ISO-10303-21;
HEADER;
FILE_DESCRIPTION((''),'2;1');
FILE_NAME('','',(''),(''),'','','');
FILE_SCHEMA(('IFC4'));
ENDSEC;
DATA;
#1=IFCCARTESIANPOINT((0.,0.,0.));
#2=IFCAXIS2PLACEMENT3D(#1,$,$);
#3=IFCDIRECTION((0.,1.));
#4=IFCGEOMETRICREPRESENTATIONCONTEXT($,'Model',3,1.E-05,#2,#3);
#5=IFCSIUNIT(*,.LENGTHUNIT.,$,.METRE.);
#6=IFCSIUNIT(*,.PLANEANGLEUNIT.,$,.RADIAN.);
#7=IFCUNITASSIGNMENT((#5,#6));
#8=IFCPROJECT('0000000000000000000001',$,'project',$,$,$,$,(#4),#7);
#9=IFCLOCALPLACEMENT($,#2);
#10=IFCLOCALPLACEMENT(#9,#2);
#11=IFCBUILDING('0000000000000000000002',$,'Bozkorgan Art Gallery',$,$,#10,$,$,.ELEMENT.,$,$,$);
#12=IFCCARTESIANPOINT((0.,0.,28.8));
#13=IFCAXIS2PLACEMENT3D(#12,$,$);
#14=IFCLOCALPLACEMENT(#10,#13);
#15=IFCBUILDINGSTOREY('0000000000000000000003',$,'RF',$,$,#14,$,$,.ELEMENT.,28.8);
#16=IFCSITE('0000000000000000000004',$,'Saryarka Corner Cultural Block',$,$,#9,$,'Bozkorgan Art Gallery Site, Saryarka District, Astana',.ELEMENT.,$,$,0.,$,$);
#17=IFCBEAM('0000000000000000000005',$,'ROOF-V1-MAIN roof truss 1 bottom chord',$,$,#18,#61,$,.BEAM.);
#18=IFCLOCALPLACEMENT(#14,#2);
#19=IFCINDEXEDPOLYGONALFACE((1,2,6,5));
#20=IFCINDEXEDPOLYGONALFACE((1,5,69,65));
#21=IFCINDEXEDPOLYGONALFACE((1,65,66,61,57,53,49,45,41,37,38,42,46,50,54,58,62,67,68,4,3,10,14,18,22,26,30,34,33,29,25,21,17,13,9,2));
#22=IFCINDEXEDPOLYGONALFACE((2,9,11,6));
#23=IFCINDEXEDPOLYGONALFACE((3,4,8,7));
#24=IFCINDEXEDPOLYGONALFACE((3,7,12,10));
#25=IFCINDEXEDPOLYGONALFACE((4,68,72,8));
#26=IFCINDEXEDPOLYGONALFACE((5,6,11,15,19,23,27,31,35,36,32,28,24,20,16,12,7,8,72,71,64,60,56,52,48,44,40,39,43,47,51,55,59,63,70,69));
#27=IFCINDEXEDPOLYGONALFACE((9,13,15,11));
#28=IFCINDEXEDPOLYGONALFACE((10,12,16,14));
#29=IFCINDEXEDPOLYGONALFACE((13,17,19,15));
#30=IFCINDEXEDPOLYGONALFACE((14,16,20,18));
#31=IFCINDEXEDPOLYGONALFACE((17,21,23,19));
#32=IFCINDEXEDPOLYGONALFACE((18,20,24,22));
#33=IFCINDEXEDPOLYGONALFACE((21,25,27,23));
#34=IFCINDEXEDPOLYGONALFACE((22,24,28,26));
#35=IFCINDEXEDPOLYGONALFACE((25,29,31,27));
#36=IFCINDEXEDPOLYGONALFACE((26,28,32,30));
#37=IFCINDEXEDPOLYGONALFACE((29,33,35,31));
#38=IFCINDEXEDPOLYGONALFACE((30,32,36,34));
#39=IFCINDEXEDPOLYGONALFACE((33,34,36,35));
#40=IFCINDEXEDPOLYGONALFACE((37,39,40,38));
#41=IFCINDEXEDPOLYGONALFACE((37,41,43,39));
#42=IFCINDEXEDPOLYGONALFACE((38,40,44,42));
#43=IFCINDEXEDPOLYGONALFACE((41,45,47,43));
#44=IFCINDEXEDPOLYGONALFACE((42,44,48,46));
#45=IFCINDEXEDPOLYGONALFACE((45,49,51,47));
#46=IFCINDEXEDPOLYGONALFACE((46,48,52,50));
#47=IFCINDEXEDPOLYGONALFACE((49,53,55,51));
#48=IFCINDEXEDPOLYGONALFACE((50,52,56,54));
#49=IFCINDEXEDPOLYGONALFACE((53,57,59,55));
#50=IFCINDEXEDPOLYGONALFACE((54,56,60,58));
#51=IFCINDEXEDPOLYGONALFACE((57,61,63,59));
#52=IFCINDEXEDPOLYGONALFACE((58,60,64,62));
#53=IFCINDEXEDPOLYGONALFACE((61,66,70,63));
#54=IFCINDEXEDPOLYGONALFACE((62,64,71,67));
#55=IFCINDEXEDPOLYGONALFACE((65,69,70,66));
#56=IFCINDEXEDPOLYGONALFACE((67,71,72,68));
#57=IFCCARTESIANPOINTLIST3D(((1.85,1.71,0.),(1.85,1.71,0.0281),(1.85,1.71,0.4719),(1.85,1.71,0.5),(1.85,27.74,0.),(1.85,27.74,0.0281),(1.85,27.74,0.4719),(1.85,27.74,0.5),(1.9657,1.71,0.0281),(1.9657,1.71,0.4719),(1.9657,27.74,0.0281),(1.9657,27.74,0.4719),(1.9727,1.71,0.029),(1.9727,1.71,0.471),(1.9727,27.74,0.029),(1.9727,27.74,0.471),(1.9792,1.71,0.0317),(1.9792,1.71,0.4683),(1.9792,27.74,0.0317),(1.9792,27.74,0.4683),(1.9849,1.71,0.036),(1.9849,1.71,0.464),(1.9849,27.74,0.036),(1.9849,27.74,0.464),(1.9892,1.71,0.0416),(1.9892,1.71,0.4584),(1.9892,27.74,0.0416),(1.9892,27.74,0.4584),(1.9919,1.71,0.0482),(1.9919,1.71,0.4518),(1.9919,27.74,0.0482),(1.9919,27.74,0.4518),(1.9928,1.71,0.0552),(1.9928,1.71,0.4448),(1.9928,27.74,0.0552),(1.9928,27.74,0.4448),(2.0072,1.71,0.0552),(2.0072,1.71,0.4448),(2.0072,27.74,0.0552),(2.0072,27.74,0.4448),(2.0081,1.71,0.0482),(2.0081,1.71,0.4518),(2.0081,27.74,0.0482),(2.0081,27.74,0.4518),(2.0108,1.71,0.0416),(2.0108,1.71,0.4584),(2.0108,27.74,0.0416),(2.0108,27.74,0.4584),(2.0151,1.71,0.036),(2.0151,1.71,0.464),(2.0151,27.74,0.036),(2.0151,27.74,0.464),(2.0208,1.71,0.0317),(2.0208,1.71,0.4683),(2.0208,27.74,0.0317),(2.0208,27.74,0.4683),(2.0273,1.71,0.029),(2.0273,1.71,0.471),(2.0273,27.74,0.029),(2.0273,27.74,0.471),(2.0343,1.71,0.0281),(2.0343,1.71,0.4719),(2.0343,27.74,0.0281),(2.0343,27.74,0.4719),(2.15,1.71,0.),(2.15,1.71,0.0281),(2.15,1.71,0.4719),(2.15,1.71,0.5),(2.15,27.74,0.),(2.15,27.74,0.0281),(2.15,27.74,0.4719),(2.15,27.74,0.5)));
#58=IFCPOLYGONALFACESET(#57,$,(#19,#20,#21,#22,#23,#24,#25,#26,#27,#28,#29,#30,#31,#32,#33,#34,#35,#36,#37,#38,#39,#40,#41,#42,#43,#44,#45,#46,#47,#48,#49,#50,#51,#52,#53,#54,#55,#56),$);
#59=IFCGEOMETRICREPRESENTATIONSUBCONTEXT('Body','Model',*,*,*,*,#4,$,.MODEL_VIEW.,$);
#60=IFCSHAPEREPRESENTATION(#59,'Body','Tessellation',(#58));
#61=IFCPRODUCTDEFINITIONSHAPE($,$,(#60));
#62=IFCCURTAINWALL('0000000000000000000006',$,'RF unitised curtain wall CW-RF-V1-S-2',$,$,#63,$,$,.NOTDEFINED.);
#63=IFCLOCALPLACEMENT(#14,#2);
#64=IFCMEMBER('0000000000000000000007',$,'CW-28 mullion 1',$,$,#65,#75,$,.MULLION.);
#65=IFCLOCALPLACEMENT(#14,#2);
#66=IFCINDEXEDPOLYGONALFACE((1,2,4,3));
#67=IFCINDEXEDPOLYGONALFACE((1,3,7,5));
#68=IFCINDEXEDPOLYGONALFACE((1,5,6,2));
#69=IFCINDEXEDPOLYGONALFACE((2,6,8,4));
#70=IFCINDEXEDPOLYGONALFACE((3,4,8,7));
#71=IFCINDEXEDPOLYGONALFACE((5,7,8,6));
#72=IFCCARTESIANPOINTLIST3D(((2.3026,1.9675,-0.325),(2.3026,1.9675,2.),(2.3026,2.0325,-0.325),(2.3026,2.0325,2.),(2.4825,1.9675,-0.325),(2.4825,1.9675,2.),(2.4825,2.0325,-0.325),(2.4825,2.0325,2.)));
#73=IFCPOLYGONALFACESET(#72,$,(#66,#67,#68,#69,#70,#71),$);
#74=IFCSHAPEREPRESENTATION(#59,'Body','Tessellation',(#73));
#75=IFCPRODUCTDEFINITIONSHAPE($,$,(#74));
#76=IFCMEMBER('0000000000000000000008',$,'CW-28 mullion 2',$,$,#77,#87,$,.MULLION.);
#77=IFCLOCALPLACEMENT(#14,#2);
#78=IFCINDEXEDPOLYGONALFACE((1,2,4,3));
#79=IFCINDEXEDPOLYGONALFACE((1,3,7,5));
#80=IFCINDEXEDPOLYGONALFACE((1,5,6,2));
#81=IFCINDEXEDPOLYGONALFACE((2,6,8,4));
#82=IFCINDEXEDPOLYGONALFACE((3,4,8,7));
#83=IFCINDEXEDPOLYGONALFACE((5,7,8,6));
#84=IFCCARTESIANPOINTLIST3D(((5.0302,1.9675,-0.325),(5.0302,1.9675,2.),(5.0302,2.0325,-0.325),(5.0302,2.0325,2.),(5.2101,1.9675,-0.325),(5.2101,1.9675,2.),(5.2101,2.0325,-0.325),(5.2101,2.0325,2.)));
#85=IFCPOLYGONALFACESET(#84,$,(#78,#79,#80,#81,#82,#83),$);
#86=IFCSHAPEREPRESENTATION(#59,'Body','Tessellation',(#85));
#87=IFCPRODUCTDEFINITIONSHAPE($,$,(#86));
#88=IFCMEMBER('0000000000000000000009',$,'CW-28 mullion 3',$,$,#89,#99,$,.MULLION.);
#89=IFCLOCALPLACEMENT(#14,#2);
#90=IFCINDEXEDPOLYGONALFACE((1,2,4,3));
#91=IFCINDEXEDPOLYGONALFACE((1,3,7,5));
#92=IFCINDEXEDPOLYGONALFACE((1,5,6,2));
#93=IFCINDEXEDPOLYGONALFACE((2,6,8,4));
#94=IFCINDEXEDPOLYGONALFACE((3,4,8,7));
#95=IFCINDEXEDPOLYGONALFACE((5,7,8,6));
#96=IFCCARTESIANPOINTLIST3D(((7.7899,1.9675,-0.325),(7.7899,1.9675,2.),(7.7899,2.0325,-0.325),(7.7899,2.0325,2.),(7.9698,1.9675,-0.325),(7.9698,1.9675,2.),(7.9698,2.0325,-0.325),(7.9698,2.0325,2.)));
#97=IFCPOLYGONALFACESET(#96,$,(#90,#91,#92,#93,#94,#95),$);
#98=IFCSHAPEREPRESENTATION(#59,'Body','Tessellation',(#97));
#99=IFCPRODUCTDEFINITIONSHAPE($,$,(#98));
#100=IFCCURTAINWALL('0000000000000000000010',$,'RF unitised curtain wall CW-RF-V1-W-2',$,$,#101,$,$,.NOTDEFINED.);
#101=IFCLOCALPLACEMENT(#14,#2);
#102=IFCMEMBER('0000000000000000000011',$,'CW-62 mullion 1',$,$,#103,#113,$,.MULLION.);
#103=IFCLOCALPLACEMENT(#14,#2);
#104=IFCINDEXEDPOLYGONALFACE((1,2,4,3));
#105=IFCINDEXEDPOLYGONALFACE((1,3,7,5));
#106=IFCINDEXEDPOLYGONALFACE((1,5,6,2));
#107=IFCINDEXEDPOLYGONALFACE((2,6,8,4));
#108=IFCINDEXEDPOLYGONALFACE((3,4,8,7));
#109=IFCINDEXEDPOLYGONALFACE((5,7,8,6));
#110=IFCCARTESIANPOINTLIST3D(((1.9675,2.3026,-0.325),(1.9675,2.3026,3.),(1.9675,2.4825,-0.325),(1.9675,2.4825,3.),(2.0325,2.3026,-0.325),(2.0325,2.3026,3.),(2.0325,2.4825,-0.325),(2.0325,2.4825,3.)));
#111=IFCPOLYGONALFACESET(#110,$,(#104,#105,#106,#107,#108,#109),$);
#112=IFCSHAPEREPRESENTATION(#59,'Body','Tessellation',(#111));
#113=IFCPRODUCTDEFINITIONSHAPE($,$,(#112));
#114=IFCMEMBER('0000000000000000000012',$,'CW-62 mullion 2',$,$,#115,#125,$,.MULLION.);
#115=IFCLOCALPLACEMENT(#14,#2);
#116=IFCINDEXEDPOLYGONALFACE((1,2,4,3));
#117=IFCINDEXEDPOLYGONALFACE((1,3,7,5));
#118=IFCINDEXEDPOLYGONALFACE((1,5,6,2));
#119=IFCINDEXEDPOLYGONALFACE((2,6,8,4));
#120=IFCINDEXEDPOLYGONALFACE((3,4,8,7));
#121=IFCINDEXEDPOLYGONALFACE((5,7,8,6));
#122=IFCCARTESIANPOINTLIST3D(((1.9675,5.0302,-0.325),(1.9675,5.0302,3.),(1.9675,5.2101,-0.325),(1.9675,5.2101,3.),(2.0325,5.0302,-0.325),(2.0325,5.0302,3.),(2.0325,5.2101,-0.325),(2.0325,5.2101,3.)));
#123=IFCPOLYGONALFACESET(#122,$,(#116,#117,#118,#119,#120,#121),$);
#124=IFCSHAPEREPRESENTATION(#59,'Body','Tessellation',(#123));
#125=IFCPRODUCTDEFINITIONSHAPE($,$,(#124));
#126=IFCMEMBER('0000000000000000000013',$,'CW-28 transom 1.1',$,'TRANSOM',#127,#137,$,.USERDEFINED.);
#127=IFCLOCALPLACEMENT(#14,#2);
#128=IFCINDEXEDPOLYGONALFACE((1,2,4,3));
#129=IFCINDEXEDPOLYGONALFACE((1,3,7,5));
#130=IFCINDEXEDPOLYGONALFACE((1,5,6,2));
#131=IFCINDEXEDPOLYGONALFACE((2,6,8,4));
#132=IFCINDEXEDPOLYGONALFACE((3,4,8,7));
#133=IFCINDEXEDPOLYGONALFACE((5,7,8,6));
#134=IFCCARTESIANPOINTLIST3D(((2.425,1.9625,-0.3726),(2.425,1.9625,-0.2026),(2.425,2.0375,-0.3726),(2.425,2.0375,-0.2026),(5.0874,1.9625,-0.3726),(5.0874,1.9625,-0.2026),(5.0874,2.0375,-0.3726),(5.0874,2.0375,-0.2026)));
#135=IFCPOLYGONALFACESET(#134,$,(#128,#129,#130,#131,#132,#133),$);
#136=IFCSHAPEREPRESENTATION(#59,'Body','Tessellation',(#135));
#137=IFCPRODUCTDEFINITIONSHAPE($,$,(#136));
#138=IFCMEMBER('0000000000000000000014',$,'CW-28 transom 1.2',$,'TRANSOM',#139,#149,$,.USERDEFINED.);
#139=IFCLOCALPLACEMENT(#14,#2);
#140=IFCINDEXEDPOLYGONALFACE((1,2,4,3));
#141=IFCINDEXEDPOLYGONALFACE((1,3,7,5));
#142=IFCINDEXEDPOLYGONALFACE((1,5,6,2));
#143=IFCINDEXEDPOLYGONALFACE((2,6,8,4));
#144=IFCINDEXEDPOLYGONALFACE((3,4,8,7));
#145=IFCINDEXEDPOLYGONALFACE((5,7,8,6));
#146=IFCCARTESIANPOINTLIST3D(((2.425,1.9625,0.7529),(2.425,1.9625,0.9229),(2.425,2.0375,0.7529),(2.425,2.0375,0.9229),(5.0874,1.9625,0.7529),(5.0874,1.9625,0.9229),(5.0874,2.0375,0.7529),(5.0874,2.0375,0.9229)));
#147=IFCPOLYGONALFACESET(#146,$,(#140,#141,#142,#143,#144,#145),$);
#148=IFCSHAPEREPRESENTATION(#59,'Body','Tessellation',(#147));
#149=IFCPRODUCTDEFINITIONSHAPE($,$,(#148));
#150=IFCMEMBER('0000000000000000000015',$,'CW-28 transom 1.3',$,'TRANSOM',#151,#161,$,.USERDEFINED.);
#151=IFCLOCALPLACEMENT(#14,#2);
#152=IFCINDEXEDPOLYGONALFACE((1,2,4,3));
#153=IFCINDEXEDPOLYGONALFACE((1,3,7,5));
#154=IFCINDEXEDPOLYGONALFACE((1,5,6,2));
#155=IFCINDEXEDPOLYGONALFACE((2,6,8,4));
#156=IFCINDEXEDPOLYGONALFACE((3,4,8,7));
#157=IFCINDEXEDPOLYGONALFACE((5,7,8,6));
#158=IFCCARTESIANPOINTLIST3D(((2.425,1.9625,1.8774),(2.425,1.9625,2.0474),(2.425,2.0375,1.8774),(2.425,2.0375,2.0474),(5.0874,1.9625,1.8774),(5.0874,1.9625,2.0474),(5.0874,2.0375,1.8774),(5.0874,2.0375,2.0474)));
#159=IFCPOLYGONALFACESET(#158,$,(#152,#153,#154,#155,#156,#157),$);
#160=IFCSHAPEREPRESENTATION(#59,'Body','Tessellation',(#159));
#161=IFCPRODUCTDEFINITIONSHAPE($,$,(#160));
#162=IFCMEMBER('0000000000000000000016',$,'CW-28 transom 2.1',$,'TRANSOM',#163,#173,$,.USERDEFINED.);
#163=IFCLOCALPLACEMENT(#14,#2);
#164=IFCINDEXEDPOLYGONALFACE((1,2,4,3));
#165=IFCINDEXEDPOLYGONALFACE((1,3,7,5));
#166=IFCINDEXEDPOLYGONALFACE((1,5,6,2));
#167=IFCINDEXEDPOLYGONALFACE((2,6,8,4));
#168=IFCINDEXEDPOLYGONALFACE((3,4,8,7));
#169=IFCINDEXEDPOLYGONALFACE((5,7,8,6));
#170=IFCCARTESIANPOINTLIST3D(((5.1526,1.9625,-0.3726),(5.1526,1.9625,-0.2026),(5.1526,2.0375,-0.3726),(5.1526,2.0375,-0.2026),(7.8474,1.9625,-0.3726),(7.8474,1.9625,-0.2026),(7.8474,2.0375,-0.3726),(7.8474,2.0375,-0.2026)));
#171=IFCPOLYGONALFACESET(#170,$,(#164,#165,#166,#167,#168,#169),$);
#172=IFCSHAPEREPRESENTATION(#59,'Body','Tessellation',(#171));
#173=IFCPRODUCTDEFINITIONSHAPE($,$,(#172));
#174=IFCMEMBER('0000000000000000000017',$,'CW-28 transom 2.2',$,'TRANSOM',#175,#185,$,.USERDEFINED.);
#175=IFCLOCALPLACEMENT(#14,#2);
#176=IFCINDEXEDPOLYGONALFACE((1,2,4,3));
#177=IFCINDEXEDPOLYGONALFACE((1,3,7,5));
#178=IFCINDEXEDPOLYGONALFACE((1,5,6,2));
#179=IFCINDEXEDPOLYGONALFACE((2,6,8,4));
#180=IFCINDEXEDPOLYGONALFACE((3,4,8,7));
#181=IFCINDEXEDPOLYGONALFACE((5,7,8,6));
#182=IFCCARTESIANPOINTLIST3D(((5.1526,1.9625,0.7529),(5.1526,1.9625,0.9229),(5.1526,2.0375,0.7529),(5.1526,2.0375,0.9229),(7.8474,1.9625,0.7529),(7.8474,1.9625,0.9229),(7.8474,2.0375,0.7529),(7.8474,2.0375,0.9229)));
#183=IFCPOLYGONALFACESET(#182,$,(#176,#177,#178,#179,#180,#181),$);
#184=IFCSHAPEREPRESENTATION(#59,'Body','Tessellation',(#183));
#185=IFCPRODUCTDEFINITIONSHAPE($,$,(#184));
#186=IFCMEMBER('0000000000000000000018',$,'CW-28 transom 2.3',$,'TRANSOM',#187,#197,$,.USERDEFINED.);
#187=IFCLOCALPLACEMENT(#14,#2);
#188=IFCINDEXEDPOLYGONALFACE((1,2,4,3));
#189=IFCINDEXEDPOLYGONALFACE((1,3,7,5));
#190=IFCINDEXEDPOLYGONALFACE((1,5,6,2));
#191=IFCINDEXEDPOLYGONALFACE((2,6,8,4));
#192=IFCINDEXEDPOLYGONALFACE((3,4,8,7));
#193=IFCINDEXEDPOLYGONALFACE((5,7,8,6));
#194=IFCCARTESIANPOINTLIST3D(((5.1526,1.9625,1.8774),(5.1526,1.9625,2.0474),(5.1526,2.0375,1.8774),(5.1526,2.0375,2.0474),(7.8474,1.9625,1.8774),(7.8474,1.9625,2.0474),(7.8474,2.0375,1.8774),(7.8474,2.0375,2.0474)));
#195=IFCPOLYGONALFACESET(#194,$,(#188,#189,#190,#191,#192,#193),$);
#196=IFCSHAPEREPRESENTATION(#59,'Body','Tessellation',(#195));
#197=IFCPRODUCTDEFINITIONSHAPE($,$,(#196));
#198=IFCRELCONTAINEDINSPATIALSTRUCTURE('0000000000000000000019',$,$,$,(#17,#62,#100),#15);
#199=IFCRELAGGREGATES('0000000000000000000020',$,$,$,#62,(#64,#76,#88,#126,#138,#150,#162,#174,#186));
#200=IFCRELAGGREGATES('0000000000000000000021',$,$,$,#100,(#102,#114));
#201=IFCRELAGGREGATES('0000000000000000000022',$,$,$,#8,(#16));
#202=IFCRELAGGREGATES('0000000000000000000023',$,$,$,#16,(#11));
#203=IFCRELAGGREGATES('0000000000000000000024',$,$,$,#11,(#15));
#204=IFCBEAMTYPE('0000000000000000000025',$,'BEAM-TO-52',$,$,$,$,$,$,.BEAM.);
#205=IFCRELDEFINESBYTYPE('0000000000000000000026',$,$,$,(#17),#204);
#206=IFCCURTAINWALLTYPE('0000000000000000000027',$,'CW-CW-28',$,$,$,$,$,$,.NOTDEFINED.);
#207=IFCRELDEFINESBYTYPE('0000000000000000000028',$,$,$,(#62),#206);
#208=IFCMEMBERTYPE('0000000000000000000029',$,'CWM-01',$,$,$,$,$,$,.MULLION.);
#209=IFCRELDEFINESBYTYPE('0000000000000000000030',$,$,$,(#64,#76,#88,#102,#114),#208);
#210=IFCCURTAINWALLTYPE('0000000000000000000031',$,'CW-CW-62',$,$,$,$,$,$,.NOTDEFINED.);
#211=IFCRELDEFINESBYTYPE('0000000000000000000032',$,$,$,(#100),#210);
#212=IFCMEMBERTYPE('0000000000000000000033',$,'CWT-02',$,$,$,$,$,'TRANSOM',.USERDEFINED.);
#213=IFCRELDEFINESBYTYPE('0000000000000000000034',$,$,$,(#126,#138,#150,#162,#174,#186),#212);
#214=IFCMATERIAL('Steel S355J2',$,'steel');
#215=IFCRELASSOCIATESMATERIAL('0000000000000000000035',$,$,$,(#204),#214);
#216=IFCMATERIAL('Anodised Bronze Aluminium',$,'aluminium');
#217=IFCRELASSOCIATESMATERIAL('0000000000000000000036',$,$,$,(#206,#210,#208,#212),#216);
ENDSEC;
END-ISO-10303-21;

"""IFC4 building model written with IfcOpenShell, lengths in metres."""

from ifc_helpers import new_model, si_unit, direction, frame, origin, origin_2d, place, context, subcontext, project, spatial, rectangle, i_section, extrude, material, material_profile, profile_set, type_object, element, aggregate, save


model = new_model("IFC4")

# Units and contexts
model_context = context("Model", 3, precision=1e-05, world=origin(), true_north=direction((0.0, 1.0)))
body_context = subcontext(model_context, "Body", "Model", "MODEL_VIEW")
ifc_project = project(units=[si_unit("LENGTHUNIT", "METRE"), si_unit("PLANEANGLEUNIT", "RADIAN")], contexts=[model_context])

# Site, building, storey
site_placement = place(None, origin())
site = spatial("IfcSite", under=ifc_project, at=site_placement, Name="Saryarka Corner Cultural Block", LongName="Bozkorgan Art Gallery Site, Saryarka District, Astana", CompositionType="ELEMENT", RefElevation=0.0)
building_placement = place(site_placement, origin())
building = spatial("IfcBuilding", under=site, at=building_placement, Name="Bozkorgan Art Gallery", CompositionType="ELEMENT")
storey_placement = place(building_placement, frame((0.0, 0.0, 28.8)))
storey = spatial("IfcBuildingStorey", under=building, at=storey_placement, Name="RF", CompositionType="ELEMENT", Elevation=28.8)

# Beam
ifc_material_1 = material(Name="Steel S355J2", Category="steel")
ifc_material_profile_1 = material_profile(ifc_material_1, i_section(OverallWidth=0.3, OverallDepth=0.5, WebThickness=0.0144, FlangeThickness=0.0281, FilletRadius=0.0271, at=origin_2d()), Name="HEB 500")
ifc_profile_set_1 = profile_set([ifc_material_profile_1], Name="Steel S355J2")
beam_type = type_object("IfcBeamType", Name="BEAM-TO-52", PredefinedType="BEAM", material=ifc_profile_set_1)
beam_placement = place(storey_placement, frame((2.0, 1.71, 0.25), z_axis=(0.0, 1.0, 0.0), x_axis=(-1.0, 0.0, 0.0)))
element("IfcBeam", 1, at=beam_placement, inside=storey, type_object=beam_type, Name="ROOF-V1-MAIN roof truss 1 bottom chord", PredefinedType="BEAM", context=body_context, shape_type="SweptSolid", body=[
    extrude(i_section(OverallWidth=0.3, OverallDepth=0.5, WebThickness=0.0144, FlangeThickness=0.0281, FilletRadius=0.0271, at=origin_2d()), origin(), (0.0, 0.0, 1.0), 26.03),
])

# Curtain walls, members
ifc_material_2 = material(Name="Anodised Bronze Aluminium", Category="aluminium")
curtain_wall_type_1 = type_object("IfcCurtainWallType", Name="CW-CW-28", PredefinedType="NOTDEFINED", material=ifc_material_2)
curtain_wall_1_placement = place(storey_placement, origin())
curtain_wall_1 = element("IfcCurtainWall", 2, at=curtain_wall_1_placement, inside=storey, type_object=curtain_wall_type_1, Name="RF unitised curtain wall CW-RF-V1-S-2", PredefinedType="NOTDEFINED")
ifc_material_profile_2 = material_profile(ifc_material_2, rectangle(XDim=0.0649, YDim=0.1799, at=origin_2d()), Name="ALU MULLION 65x180")
ifc_profile_set_2 = profile_set([ifc_material_profile_2], Name="Anodised Bronze Aluminium")
member_type_1 = type_object("IfcMemberType", Name="CWM-01", PredefinedType="MULLION", material=ifc_profile_set_2)
member_1_placement = place(storey_placement, frame((2.3926, 2.0, -0.325), z_axis=(0.0, 0.0, 1.0), x_axis=(0.0, 1.0, 0.0)))
member_1 = element("IfcMember", 3, at=member_1_placement, type_object=member_type_1, Name="CW-28 mullion 1", PredefinedType="MULLION", context=body_context, shape_type="SweptSolid", body=[
    extrude(rectangle(XDim=0.0649, YDim=0.1799, at=origin_2d()), origin(), (0.0, 0.0, 1.0), 2.325),
])
member_2_placement = place(storey_placement, frame((5.1201, 2.0, -0.325), z_axis=(0.0, 0.0, 1.0), x_axis=(0.0, 1.0, 0.0)))
member_2 = element("IfcMember", 4, at=member_2_placement, type_object=member_type_1, Name="CW-28 mullion 2", PredefinedType="MULLION", context=body_context, shape_type="SweptSolid", body=[
    extrude(rectangle(XDim=0.0649, YDim=0.1799, at=origin_2d()), origin(), (0.0, 0.0, 1.0), 2.325),
])
member_3_placement = place(storey_placement, frame((7.8799, 2.0, -0.325), z_axis=(0.0, 0.0, 1.0), x_axis=(0.0, 1.0, 0.0)))
member_3 = element("IfcMember", 5, at=member_3_placement, type_object=member_type_1, Name="CW-28 mullion 3", PredefinedType="MULLION", context=body_context, shape_type="SweptSolid", body=[
    extrude(rectangle(XDim=0.0649, YDim=0.1799, at=origin_2d()), origin(), (0.0, 0.0, 1.0), 2.325),
])
curtain_wall_type_2 = type_object("IfcCurtainWallType", Name="CW-CW-62", PredefinedType="NOTDEFINED", material=ifc_material_2)
curtain_wall_2_placement = place(storey_placement, origin())
curtain_wall_2 = element("IfcCurtainWall", 6, at=curtain_wall_2_placement, inside=storey, type_object=curtain_wall_type_2, Name="RF unitised curtain wall CW-RF-V1-W-2", PredefinedType="NOTDEFINED")
member_4_placement = place(storey_placement, frame((2.0, 2.3926, -0.325), z_axis=(0.0, 0.0, 1.0), x_axis=(-1.0, 0.0, 0.0)))
member_4 = element("IfcMember", 7, at=member_4_placement, type_object=member_type_1, Name="CW-62 mullion 1", PredefinedType="MULLION", context=body_context, shape_type="SweptSolid", body=[
    extrude(rectangle(XDim=0.0649, YDim=0.1799, at=origin_2d()), origin(), (0.0, 0.0, 1.0), 3.325),
])
member_5_placement = place(storey_placement, frame((2.0, 5.1201, -0.325), z_axis=(0.0, 0.0, 1.0), x_axis=(-1.0, 0.0, 0.0)))
member_5 = element("IfcMember", 8, at=member_5_placement, type_object=member_type_1, Name="CW-62 mullion 2", PredefinedType="MULLION", context=body_context, shape_type="SweptSolid", body=[
    extrude(rectangle(XDim=0.0649, YDim=0.1799, at=origin_2d()), origin(), (0.0, 0.0, 1.0), 3.325),
])

# Members
ifc_material_profile_3 = material_profile(ifc_material_2, rectangle(XDim=0.075, YDim=0.1699, at=origin_2d()), Name="ALU TRANSOM 75x170")
ifc_profile_set_3 = profile_set([ifc_material_profile_3], Name="Anodised Bronze Aluminium")
member_type_2 = type_object("IfcMemberType", Name="CWT-02", ElementType="TRANSOM", PredefinedType="USERDEFINED", material=ifc_profile_set_3)
member_6_placement = place(storey_placement, frame((2.425, 2.0, -0.2876), z_axis=(1.0, 0.0, 0.0), x_axis=(0.0, 1.0, 0.0)))
member_6 = element("IfcMember", 9, at=member_6_placement, type_object=member_type_2, Name="CW-28 transom 1.1", ObjectType="TRANSOM", PredefinedType="USERDEFINED", context=body_context, shape_type="SweptSolid", body=[
    extrude(rectangle(XDim=0.075, YDim=0.1699, at=origin_2d()), origin(), (0.0, 0.0, 1.0), 2.6624),
])
member_7_placement = place(storey_placement, frame((2.425, 2.0, 0.8379), z_axis=(1.0, 0.0, 0.0), x_axis=(0.0, 1.0, 0.0)))
member_7 = element("IfcMember", 10, at=member_7_placement, type_object=member_type_2, Name="CW-28 transom 1.2", ObjectType="TRANSOM", PredefinedType="USERDEFINED", context=body_context, shape_type="SweptSolid", body=[
    extrude(rectangle(XDim=0.075, YDim=0.1699, at=origin_2d()), origin(), (0.0, 0.0, 1.0), 2.6624),
])
member_8_placement = place(storey_placement, frame((2.425, 2.0, 1.9624), z_axis=(1.0, 0.0, 0.0), x_axis=(0.0, 1.0, 0.0)))
member_8 = element("IfcMember", 11, at=member_8_placement, type_object=member_type_2, Name="CW-28 transom 1.3", ObjectType="TRANSOM", PredefinedType="USERDEFINED", context=body_context, shape_type="SweptSolid", body=[
    extrude(rectangle(XDim=0.075, YDim=0.1699, at=origin_2d()), origin(), (0.0, 0.0, 1.0), 2.6624),
])
member_9_placement = place(storey_placement, frame((5.1526, 2.0, -0.2876), z_axis=(1.0, 0.0, 0.0), x_axis=(0.0, 1.0, 0.0)))
member_9 = element("IfcMember", 12, at=member_9_placement, type_object=member_type_2, Name="CW-28 transom 2.1", ObjectType="TRANSOM", PredefinedType="USERDEFINED", context=body_context, shape_type="SweptSolid", body=[
    extrude(rectangle(XDim=0.075, YDim=0.1699, at=origin_2d()), origin(), (0.0, 0.0, 1.0), 2.6948),
])
member_10_placement = place(storey_placement, frame((5.1526, 2.0, 0.8379), z_axis=(1.0, 0.0, 0.0), x_axis=(0.0, 1.0, 0.0)))
member_10 = element("IfcMember", 13, at=member_10_placement, type_object=member_type_2, Name="CW-28 transom 2.2", ObjectType="TRANSOM", PredefinedType="USERDEFINED", context=body_context, shape_type="SweptSolid", body=[
    extrude(rectangle(XDim=0.075, YDim=0.1699, at=origin_2d()), origin(), (0.0, 0.0, 1.0), 2.6948),
])
member_11_placement = place(storey_placement, frame((5.1526, 2.0, 1.9624), z_axis=(1.0, 0.0, 0.0), x_axis=(0.0, 1.0, 0.0)))
member_11 = element("IfcMember", 14, at=member_11_placement, type_object=member_type_2, Name="CW-28 transom 2.3", ObjectType="TRANSOM", PredefinedType="USERDEFINED", context=body_context, shape_type="SweptSolid", body=[
    extrude(rectangle(XDim=0.075, YDim=0.1699, at=origin_2d()), origin(), (0.0, 0.0, 1.0), 2.6948),
])

aggregate(curtain_wall_1, [member_1, member_2, member_3, member_6, member_7, member_8, member_9, member_10, member_11])
aggregate(curtain_wall_2, [member_4, member_5])

save(model, "model.ifc")
